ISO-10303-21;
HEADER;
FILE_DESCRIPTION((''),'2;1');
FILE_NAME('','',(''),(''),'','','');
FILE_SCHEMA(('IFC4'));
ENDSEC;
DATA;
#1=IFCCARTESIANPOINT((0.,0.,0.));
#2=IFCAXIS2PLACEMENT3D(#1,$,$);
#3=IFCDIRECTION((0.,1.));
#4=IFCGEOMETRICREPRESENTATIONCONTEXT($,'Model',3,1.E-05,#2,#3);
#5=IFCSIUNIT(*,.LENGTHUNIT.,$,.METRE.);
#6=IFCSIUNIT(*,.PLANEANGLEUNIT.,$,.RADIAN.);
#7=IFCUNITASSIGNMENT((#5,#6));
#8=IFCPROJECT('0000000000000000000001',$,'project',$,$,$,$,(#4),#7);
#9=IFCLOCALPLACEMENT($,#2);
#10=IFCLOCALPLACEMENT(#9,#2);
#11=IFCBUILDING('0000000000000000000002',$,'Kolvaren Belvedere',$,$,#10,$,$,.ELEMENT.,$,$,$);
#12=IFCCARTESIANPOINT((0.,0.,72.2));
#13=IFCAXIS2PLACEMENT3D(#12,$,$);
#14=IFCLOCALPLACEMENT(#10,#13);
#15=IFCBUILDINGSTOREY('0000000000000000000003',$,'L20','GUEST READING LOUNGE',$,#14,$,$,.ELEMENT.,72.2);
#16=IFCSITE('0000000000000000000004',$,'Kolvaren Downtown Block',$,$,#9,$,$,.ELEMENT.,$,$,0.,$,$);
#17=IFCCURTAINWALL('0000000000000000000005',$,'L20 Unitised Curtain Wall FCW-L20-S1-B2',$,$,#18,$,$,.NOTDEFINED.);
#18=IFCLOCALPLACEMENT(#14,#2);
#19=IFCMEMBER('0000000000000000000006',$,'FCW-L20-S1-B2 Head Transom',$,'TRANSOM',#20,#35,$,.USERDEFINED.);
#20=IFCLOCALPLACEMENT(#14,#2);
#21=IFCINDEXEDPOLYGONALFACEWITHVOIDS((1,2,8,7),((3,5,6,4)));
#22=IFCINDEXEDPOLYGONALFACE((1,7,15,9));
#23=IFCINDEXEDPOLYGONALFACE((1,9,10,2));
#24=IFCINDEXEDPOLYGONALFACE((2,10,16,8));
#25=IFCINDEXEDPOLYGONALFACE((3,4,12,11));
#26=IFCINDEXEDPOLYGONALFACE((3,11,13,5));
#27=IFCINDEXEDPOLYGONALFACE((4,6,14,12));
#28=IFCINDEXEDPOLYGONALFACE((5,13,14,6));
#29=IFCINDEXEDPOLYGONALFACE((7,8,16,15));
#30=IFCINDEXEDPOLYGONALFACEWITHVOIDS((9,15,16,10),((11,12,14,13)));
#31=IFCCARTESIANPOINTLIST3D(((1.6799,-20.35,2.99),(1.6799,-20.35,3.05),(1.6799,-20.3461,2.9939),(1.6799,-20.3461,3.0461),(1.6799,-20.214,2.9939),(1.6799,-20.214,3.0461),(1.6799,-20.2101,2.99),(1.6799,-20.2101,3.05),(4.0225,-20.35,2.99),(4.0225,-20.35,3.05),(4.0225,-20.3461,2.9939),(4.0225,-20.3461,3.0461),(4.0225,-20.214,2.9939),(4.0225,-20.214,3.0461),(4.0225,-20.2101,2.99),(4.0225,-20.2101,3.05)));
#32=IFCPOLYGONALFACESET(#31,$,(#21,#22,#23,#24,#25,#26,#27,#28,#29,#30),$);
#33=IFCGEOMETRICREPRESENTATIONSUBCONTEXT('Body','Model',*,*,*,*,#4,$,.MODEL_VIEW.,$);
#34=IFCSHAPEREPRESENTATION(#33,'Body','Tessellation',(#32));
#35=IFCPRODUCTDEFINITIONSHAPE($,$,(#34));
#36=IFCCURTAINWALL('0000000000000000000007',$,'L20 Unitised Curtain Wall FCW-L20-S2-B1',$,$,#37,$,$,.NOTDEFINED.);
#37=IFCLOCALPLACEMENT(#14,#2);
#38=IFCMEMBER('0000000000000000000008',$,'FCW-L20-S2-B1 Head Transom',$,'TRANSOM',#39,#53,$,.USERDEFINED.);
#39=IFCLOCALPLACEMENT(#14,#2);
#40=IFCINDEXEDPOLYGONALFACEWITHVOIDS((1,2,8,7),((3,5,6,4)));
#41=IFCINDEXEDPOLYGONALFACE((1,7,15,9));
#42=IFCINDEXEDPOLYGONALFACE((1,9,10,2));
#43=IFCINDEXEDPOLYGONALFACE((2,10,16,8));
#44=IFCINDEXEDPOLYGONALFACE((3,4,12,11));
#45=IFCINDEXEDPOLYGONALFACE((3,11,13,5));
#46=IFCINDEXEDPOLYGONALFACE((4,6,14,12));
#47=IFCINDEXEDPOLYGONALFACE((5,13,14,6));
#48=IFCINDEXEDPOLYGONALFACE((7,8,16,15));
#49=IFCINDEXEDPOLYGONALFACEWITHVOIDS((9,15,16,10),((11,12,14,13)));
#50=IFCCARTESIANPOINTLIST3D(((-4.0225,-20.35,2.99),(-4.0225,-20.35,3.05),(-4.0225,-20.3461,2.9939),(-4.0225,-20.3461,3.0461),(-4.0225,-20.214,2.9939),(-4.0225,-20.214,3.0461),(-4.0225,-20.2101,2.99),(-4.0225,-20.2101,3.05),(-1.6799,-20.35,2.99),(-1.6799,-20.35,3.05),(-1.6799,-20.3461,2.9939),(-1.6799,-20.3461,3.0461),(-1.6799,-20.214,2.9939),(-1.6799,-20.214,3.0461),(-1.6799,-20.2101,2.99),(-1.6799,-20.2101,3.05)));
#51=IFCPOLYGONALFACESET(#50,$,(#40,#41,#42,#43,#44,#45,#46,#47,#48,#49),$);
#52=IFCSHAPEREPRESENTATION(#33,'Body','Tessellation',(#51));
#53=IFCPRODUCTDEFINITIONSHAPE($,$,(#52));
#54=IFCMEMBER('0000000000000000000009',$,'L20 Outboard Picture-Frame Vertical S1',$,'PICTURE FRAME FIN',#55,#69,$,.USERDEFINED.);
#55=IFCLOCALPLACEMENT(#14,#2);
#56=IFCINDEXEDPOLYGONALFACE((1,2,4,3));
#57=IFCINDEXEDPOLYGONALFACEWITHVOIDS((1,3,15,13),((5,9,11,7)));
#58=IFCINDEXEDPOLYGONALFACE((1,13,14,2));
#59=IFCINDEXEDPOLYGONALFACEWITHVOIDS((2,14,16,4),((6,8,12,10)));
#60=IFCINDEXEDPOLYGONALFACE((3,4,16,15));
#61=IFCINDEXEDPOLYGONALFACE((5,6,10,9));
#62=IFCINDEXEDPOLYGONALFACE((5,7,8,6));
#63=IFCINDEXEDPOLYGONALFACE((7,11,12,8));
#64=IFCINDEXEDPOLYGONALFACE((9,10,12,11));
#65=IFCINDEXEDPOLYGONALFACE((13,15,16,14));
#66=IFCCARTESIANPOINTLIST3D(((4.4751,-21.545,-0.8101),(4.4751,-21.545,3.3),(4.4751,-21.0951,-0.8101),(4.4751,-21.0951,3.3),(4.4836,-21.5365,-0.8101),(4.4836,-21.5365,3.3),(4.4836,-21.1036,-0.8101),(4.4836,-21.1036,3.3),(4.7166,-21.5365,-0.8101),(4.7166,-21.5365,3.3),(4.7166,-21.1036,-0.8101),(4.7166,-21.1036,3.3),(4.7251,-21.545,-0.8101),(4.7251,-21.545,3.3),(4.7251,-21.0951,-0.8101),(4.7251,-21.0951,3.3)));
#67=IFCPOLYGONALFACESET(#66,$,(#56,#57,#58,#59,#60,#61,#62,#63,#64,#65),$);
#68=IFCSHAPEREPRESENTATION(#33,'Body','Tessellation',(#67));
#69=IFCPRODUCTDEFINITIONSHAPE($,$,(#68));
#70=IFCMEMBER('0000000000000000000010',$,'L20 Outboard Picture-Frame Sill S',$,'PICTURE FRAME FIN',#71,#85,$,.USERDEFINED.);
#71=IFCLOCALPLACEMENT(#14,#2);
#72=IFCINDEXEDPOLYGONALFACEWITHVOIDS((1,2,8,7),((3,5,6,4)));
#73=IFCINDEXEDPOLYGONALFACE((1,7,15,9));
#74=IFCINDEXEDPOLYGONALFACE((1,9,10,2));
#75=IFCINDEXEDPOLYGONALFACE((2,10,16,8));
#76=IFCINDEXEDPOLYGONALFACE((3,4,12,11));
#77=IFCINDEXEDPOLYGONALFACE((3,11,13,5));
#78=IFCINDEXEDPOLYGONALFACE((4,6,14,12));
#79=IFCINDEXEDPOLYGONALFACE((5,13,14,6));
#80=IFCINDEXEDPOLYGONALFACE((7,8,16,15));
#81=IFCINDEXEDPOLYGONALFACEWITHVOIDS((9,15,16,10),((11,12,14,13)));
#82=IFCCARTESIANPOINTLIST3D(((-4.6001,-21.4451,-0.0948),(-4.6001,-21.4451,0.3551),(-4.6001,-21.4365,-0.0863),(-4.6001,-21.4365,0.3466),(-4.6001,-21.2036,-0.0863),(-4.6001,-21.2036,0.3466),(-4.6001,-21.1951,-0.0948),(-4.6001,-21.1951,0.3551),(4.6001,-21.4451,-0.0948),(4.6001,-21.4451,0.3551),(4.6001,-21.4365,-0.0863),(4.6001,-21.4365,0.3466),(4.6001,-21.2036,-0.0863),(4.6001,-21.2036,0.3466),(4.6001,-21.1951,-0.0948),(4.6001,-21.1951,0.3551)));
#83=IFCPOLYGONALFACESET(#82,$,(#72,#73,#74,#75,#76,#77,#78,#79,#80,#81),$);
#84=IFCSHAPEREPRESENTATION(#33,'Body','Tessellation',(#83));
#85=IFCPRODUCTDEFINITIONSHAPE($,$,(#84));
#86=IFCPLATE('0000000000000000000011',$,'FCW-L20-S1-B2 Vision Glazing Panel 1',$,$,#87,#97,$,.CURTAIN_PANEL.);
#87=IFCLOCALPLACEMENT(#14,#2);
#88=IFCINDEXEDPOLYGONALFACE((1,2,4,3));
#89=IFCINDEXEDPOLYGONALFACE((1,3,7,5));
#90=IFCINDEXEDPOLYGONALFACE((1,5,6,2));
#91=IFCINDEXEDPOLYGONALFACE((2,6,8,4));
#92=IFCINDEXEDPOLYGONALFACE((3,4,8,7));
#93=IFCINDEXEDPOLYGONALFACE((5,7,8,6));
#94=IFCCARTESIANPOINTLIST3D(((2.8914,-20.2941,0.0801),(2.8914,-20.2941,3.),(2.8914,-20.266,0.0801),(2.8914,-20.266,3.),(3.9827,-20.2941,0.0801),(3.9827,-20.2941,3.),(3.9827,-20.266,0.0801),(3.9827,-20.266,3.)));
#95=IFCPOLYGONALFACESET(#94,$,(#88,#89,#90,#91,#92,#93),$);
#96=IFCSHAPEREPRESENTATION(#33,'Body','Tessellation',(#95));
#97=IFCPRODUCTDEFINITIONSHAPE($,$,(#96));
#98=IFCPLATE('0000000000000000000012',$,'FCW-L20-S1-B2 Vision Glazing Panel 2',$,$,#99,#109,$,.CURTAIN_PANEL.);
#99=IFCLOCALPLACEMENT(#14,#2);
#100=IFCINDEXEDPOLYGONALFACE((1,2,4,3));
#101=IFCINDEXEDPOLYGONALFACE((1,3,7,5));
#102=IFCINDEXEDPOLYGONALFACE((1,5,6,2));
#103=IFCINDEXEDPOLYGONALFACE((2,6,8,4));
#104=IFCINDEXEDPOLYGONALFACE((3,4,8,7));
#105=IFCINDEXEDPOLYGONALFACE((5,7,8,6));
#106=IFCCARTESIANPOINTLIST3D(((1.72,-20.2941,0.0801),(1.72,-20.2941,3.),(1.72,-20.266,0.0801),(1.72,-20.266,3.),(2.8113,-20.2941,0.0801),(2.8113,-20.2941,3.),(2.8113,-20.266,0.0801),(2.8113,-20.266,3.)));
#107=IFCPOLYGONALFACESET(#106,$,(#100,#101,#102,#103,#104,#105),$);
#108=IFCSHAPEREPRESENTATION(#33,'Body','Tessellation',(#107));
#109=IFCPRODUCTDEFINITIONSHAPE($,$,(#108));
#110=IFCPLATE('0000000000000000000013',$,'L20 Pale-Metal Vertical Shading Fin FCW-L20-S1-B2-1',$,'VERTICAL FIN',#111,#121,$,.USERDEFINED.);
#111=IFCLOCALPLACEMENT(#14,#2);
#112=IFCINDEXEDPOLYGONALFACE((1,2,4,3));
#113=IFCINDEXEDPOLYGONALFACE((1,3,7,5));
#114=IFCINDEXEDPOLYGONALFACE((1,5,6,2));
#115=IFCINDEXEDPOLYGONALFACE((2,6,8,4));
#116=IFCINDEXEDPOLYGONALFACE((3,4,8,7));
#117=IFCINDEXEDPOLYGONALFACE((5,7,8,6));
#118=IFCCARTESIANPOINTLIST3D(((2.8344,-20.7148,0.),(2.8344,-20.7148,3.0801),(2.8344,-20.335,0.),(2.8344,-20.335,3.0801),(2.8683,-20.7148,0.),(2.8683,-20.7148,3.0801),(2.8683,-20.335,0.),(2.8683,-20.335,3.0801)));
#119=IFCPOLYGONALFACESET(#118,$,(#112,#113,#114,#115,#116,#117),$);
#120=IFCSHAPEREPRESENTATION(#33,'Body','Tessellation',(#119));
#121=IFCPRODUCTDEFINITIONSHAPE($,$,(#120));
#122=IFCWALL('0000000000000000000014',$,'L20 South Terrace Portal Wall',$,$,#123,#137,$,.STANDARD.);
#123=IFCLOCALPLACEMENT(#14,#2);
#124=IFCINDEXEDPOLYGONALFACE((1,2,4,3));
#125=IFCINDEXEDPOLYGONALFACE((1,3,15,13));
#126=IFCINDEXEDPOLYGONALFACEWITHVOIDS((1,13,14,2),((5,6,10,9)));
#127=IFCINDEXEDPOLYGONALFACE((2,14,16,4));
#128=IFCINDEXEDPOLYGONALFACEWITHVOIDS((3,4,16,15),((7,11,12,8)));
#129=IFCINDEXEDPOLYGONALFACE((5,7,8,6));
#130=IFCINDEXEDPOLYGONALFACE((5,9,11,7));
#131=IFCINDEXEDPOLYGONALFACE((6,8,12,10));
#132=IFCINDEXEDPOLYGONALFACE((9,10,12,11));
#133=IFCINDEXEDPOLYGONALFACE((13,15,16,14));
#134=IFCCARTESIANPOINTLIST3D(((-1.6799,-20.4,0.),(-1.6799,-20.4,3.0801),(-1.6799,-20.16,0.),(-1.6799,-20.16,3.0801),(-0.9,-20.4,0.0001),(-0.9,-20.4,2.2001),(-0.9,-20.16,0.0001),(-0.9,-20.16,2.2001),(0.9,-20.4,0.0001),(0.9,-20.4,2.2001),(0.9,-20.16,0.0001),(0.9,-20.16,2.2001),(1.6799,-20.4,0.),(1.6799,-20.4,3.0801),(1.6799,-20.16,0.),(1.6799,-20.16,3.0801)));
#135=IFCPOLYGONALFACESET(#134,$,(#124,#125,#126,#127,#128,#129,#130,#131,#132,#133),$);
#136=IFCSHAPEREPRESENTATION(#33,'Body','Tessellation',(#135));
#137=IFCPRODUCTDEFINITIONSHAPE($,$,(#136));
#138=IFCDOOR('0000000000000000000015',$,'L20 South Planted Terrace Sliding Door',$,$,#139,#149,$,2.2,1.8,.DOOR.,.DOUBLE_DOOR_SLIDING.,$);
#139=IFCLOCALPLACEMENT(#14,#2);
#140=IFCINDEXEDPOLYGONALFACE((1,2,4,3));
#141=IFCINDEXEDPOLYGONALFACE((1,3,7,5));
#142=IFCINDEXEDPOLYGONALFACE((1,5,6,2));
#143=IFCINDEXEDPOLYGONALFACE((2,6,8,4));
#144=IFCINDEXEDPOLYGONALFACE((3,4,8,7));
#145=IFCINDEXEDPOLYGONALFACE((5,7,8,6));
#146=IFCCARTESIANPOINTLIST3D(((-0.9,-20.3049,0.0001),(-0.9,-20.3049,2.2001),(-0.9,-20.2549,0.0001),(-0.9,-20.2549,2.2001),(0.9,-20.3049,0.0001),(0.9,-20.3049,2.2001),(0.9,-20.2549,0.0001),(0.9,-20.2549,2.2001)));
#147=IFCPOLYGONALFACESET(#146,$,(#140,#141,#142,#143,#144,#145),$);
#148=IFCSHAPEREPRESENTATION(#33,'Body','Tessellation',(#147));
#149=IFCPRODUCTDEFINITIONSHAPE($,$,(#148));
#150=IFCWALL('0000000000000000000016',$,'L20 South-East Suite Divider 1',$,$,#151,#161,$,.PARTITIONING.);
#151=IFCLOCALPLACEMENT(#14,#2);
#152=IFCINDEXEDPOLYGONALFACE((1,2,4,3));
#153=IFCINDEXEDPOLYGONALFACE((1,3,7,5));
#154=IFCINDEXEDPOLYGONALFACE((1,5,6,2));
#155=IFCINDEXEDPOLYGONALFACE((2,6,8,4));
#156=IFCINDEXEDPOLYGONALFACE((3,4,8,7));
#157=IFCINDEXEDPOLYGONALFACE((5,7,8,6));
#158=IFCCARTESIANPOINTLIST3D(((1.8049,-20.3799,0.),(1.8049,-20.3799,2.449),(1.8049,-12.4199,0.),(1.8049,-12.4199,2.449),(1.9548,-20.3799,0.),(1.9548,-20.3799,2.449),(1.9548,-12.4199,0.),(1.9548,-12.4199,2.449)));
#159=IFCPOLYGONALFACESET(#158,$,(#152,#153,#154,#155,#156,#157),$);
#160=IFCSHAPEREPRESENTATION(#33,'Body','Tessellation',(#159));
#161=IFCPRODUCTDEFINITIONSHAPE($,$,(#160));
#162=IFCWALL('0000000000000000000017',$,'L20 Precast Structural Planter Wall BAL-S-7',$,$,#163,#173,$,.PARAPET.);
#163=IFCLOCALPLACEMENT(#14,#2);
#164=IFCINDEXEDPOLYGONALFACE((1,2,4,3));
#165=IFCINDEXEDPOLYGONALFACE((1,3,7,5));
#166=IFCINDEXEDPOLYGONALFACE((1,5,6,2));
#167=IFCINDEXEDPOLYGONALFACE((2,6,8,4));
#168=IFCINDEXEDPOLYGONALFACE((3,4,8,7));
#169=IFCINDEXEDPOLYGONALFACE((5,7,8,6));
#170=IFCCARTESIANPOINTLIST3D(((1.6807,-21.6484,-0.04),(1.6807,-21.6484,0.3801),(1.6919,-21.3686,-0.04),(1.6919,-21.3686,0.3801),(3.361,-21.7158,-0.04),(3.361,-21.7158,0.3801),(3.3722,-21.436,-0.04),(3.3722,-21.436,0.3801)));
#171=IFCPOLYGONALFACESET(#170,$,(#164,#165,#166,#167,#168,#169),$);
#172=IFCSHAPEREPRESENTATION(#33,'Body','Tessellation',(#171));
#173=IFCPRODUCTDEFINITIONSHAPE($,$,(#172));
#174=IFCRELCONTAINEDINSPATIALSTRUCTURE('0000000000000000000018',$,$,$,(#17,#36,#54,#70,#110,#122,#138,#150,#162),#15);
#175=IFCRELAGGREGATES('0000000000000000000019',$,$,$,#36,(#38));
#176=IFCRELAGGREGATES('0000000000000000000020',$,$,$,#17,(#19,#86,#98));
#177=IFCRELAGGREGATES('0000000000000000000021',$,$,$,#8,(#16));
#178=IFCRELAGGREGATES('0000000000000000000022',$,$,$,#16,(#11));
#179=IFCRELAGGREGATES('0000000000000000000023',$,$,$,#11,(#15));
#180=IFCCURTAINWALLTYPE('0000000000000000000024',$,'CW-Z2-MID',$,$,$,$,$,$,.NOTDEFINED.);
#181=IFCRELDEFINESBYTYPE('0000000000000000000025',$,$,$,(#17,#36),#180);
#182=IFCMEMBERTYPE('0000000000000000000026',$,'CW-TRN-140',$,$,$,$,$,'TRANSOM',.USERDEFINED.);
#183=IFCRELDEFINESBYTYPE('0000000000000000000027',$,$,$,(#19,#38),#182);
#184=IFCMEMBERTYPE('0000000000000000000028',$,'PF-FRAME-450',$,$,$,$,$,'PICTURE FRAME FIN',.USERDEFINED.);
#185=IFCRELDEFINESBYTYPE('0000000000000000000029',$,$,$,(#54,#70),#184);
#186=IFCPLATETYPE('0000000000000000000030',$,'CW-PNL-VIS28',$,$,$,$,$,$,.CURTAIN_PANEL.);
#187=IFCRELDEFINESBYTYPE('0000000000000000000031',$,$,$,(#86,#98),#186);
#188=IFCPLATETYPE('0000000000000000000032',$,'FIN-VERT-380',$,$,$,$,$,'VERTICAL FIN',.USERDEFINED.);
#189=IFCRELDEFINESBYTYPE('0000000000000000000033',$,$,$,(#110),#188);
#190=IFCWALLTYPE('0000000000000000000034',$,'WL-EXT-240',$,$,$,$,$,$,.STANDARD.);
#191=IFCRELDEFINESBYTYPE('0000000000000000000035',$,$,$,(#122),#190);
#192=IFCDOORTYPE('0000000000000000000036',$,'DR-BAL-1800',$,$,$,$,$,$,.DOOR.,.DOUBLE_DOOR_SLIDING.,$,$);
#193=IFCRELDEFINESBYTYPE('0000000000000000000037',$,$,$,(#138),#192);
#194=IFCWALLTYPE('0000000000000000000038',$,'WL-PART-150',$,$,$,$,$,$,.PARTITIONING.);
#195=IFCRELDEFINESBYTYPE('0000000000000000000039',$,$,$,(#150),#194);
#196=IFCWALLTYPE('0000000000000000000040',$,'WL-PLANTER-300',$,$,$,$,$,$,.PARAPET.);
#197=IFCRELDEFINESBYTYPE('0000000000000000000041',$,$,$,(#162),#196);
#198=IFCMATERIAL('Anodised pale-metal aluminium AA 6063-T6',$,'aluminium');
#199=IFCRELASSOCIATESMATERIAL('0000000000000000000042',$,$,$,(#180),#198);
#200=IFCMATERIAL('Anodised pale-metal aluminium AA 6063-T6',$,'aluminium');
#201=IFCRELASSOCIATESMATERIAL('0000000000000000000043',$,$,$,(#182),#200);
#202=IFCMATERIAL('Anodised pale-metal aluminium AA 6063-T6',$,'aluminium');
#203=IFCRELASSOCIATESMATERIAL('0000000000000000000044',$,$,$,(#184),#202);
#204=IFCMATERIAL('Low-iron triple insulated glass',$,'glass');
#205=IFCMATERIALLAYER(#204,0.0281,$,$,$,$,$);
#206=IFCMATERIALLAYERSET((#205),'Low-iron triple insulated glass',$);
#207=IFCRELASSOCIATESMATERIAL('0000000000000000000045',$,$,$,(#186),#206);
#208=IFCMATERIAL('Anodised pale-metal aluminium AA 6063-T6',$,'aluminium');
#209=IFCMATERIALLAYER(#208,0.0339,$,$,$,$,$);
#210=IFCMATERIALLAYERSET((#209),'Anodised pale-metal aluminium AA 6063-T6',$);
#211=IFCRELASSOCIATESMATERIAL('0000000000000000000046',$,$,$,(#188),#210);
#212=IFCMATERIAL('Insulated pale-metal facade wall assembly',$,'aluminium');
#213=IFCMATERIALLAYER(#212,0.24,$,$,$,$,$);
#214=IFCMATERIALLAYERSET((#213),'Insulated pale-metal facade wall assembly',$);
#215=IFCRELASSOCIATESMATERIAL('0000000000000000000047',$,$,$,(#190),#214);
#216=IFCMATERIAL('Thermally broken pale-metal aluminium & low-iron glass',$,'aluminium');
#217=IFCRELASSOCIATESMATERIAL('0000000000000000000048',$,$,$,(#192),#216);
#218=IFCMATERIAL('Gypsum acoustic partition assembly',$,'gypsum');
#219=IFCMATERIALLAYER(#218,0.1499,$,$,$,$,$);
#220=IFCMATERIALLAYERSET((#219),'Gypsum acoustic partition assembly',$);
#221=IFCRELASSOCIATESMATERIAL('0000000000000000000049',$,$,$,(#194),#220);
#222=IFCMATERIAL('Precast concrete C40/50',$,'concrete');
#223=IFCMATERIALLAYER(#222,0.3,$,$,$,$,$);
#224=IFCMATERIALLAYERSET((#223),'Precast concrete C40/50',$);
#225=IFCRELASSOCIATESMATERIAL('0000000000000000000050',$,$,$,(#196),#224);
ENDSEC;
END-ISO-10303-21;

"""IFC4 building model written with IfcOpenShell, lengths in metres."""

from ifc_helpers import new_model, si_unit, direction, frame, frame_2d, origin, origin_2d, place, context, subcontext, project, spatial, rectangle, hollow_rectangle, extrude, material, layer, layer_set, material_profile, profile_set, type_object, element, fill, aggregate, save


model = new_model("IFC4")

# Units and contexts
model_context = context("Model", 3, precision=1e-05, world=origin(), true_north=direction((0.0, 1.0)))
body_context = subcontext(model_context, "Body", "Model", "MODEL_VIEW")
ifc_project = project(units=[si_unit("LENGTHUNIT", "METRE"), si_unit("PLANEANGLEUNIT", "RADIAN")], contexts=[model_context])

# Site, building, storey
site_placement = place(None, origin())
site = spatial("IfcSite", under=ifc_project, at=site_placement, Name="Kolvaren Downtown Block", CompositionType="ELEMENT", RefElevation=0.0)
building_placement = place(site_placement, origin())
building = spatial("IfcBuilding", under=site, at=building_placement, Name="Kolvaren Belvedere", CompositionType="ELEMENT")
storey_placement = place(building_placement, frame((0.0, 0.0, 72.2)))
storey = spatial("IfcBuildingStorey", under=building, at=storey_placement, Name="L20", Description="GUEST READING LOUNGE", CompositionType="ELEMENT", Elevation=72.2)

# Curtain wall, member
ifc_material_1 = material(Name="Anodised pale-metal aluminium AA 6063-T6", Category="aluminium")
curtain_wall_type = type_object("IfcCurtainWallType", Name="CW-Z2-MID", PredefinedType="NOTDEFINED", material=ifc_material_1)
curtain_wall_1_placement = place(storey_placement, origin())
curtain_wall_1 = element("IfcCurtainWall", 1, at=curtain_wall_1_placement, inside=storey, type_object=curtain_wall_type, Name="L20 Unitised Curtain Wall FCW-L20-S1-B2", PredefinedType="NOTDEFINED")
ifc_material_2 = material(Name="Anodised pale-metal aluminium AA 6063-T6", Category="aluminium")
ifc_material_profile_1 = material_profile(ifc_material_2, hollow_rectangle(XDim=0.0601, YDim=0.1399, WallThickness=0.0039, at=origin_2d()), Name="ALU-TRN-140X60")
ifc_profile_set_1 = profile_set([ifc_material_profile_1], Name="Anodised pale-metal aluminium AA 6063-T6")
member_type_1 = type_object("IfcMemberType", Name="CW-TRN-140", ElementType="TRANSOM", PredefinedType="USERDEFINED", material=ifc_profile_set_1)
member_1_placement = place(storey_placement, frame((4.0225, -20.28, 3.02), z_axis=(-1.0, 0.0, 0.0), x_axis=(0.0, 0.0, 1.0)))
member_1 = element("IfcMember", 2, at=member_1_placement, type_object=member_type_1, Name="FCW-L20-S1-B2 Head Transom", ObjectType="TRANSOM", PredefinedType="USERDEFINED", context=body_context, shape_type="SweptSolid", body=[
    extrude(hollow_rectangle(XDim=0.0601, YDim=0.1399, WallThickness=0.0039, at=origin_2d()), origin(), (0.0, 0.0, 1.0), 2.3425),
])

# Curtain wall, member
curtain_wall_2_placement = place(storey_placement, origin())
curtain_wall_2 = element("IfcCurtainWall", 3, at=curtain_wall_2_placement, inside=storey, type_object=curtain_wall_type, Name="L20 Unitised Curtain Wall FCW-L20-S2-B1", PredefinedType="NOTDEFINED")
member_2_placement = place(storey_placement, frame((-1.6799, -20.28, 3.02), z_axis=(-1.0, 0.0, 0.0), x_axis=(0.0, 0.0, 1.0)))
member_2 = element("IfcMember", 4, at=member_2_placement, type_object=member_type_1, Name="FCW-L20-S2-B1 Head Transom", ObjectType="TRANSOM", PredefinedType="USERDEFINED", context=body_context, shape_type="SweptSolid", body=[
    extrude(hollow_rectangle(XDim=0.0601, YDim=0.1399, WallThickness=0.0039, at=origin_2d()), origin(), (0.0, 0.0, 1.0), 2.3425),
])
aggregate(curtain_wall_2, [member_2])

# Members
ifc_material_3 = material(Name="Anodised pale-metal aluminium AA 6063-T6", Category="aluminium")
ifc_material_profile_2 = material_profile(ifc_material_3, hollow_rectangle(XDim=0.25, YDim=0.45, WallThickness=0.0085, at=origin_2d()), Name="ALU-PF-450X250")
ifc_profile_set_2 = profile_set([ifc_material_profile_2], Name="Anodised pale-metal aluminium AA 6063-T6")
member_type_2 = type_object("IfcMemberType", Name="PF-FRAME-450", ElementType="PICTURE FRAME FIN", PredefinedType="USERDEFINED", material=ifc_profile_set_2)
member_3_placement = place(storey_placement, frame((4.6001, -21.3201, -0.8101), z_axis=(0.0, 0.0, 1.0), x_axis=(1.0, 0.0, 0.0)))
element("IfcMember", 5, at=member_3_placement, inside=storey, type_object=member_type_2, Name="L20 Outboard Picture-Frame Vertical S1", ObjectType="PICTURE FRAME FIN", PredefinedType="USERDEFINED", context=body_context, shape_type="SweptSolid", body=[
    extrude(hollow_rectangle(XDim=0.25, YDim=0.45, WallThickness=0.0085, at=origin_2d()), origin(), (0.0, 0.0, 1.0), 4.1101),
])
member_4_placement = place(storey_placement, frame((4.6001, -21.3201, 0.1301), z_axis=(-1.0, 0.0, 0.0), x_axis=(0.0, -1.0, 0.0)))
element("IfcMember", 6, at=member_4_placement, inside=storey, type_object=member_type_2, Name="L20 Outboard Picture-Frame Sill S", ObjectType="PICTURE FRAME FIN", PredefinedType="USERDEFINED", context=body_context, shape_type="SweptSolid", body=[
    extrude(hollow_rectangle(XDim=0.25, YDim=0.45, WallThickness=0.0085, at=origin_2d()), origin(), (0.0, 0.0, 1.0), 9.2002),
])

# Plates
ifc_material_4 = material(Name="Low-iron triple insulated glass", Category="glass")
ifc_layer_1 = layer(ifc_material_4, 0.0281)
ifc_layer_set_1 = layer_set([ifc_layer_1], Name="Low-iron triple insulated glass")
plate_type_1 = type_object("IfcPlateType", Name="CW-PNL-VIS28", PredefinedType="CURTAIN_PANEL", material=ifc_layer_set_1)
plate_1_placement = place(storey_placement, frame((3.437, -20.28, 0.0801), z_axis=(0.0, 0.0, 1.0), x_axis=(-1.0, 0.0, 0.0)))
plate_1 = element("IfcPlate", 7, at=plate_1_placement, type_object=plate_type_1, Name="FCW-L20-S1-B2 Vision Glazing Panel 1", PredefinedType="CURTAIN_PANEL", context=body_context, shape_type="SweptSolid", body=[
    extrude(rectangle(XDim=1.0913, YDim=0.0281, at=origin_2d()), origin(), (0.0, 0.0, 1.0), 2.9199),
])
plate_2_placement = place(storey_placement, frame((2.2656, -20.28, 0.0801), z_axis=(0.0, 0.0, 1.0), x_axis=(-1.0, 0.0, 0.0)))
plate_2 = element("IfcPlate", 8, at=plate_2_placement, type_object=plate_type_1, Name="FCW-L20-S1-B2 Vision Glazing Panel 2", PredefinedType="CURTAIN_PANEL", context=body_context, shape_type="SweptSolid", body=[
    extrude(rectangle(XDim=1.0913, YDim=0.0281, at=origin_2d()), origin(), (0.0, 0.0, 1.0), 2.9199),
])
aggregate(curtain_wall_1, [member_1, plate_1, plate_2])
ifc_material_5 = material(Name="Anodised pale-metal aluminium AA 6063-T6", Category="aluminium")
ifc_layer_2 = layer(ifc_material_5, 0.0339)
ifc_layer_set_2 = layer_set([ifc_layer_2], Name="Anodised pale-metal aluminium AA 6063-T6")
plate_type_2 = type_object("IfcPlateType", Name="FIN-VERT-380", ElementType="VERTICAL FIN", PredefinedType="USERDEFINED", material=ifc_layer_set_2)
plate_3_placement = place(storey_placement, frame((2.8513, -20.5249, 0.0), z_axis=(0.0, 0.0, 1.0), x_axis=(0.0, 1.0, 0.0)))
element("IfcPlate", 9, at=plate_3_placement, inside=storey, type_object=plate_type_2, Name="L20 Pale-Metal Vertical Shading Fin FCW-L20-S1-B2-1", ObjectType="VERTICAL FIN", PredefinedType="USERDEFINED", context=body_context, shape_type="SweptSolid", body=[
    extrude(rectangle(XDim=0.3799, YDim=0.0339, at=origin_2d()), origin(), (0.0, 0.0, 1.0), 3.0801),
])

# Wall, opening, door
ifc_material_6 = material(Name="Insulated pale-metal facade wall assembly", Category="aluminium")
ifc_layer_3 = layer(ifc_material_6, 0.24)
ifc_layer_set_3 = layer_set([ifc_layer_3], Name="Insulated pale-metal facade wall assembly")
wall_type_1 = type_object("IfcWallType", Name="WL-EXT-240", PredefinedType="STANDARD", material=ifc_layer_set_3)
wall_1_placement = place(storey_placement, frame((1.6799, -20.28, 0.0), z_axis=(0.0, 0.0, 1.0), x_axis=(-1.0, 0.0, 0.0)))
wall_1 = element("IfcWall", 10, at=wall_1_placement, inside=storey, type_object=wall_type_1, Name="L20 South Terrace Portal Wall", PredefinedType="STANDARD", context=body_context, shape_type="SweptSolid", body=[
    extrude(rectangle(XDim=3.3599, YDim=0.24, at=frame_2d((1.6799, 0.0))), origin(), (0.0, 0.0, 1.0), 3.0801),
])
opening_placement = place(wall_1_placement, frame((0.78, 0.0, 0.0)))
opening = element("IfcOpeningElement", 11, at=opening_placement, cuts=wall_1, PredefinedType="OPENING", context=body_context, shape_type="SweptSolid", body=[
    extrude(rectangle(XDim=1.8, YDim=2.2, at=frame_2d((0.8999, 1.1001))), frame((0.0, 0.1299, 0.0), z_axis=(0.0, -1.0, 0.0), x_axis=(1.0, 0.0, 0.0)), (0.0, 0.0, 1.0), 0.26),
])
ifc_material_7 = material(Name="Thermally broken pale-metal aluminium & low-iron glass", Category="aluminium")
door_type = type_object("IfcDoorType", Name="DR-BAL-1800", OperationType="DOUBLE_DOOR_SLIDING", PredefinedType="DOOR", material=ifc_material_7)
door_placement = place(opening_placement, origin())
door = element("IfcDoor", 12, at=door_placement, inside=storey, type_object=door_type, Name="L20 South Planted Terrace Sliding Door", OperationType="DOUBLE_DOOR_SLIDING", OverallHeight=2.2, OverallWidth=1.8, PredefinedType="DOOR", context=body_context, shape_type="SweptSolid", body=[
    extrude(rectangle(XDim=1.8, YDim=2.2, at=frame_2d((0.8999, 1.1001))), frame((0.0, 0.0249, 0.0), z_axis=(0.0, -1.0, 0.0), x_axis=(1.0, 0.0, 0.0)), (0.0, 0.0, 1.0), 0.05),
])
fill(opening, door)

# Walls
ifc_material_8 = material(Name="Gypsum acoustic partition assembly", Category="gypsum")
ifc_layer_4 = layer(ifc_material_8, 0.1499)
ifc_layer_set_4 = layer_set([ifc_layer_4], Name="Gypsum acoustic partition assembly")
wall_type_2 = type_object("IfcWallType", Name="WL-PART-150", PredefinedType="PARTITIONING", material=ifc_layer_set_4)
wall_2_placement = place(storey_placement, frame((1.8799, -20.3799, 0.0), z_axis=(0.0, 0.0, 1.0), x_axis=(0.0, 1.0, 0.0)))
element("IfcWall", 13, at=wall_2_placement, inside=storey, type_object=wall_type_2, Name="L20 South-East Suite Divider 1", PredefinedType="PARTITIONING", context=body_context, shape_type="SweptSolid", body=[
    extrude(rectangle(XDim=7.96, YDim=0.1499, at=frame_2d((3.98, 0.0))), origin(), (0.0, 0.0, 1.0), 2.449),
])
ifc_material_9 = material(Name="Precast concrete C40/50", Category="concrete")
ifc_layer_5 = layer(ifc_material_9, 0.3)
ifc_layer_set_5 = layer_set([ifc_layer_5], Name="Precast concrete C40/50")
wall_type_3 = type_object("IfcWallType", Name="WL-PLANTER-300", PredefinedType="PARAPET", material=ifc_layer_set_5)
wall_3_placement = place(storey_placement, frame((1.6863, -21.5085, -0.04), z_axis=(0.0, 0.0, 1.0), x_axis=(0.999197, -0.040072, 0.0)))
element("IfcWall", 14, at=wall_3_placement, inside=storey, type_object=wall_type_3, Name="L20 Precast Structural Planter Wall BAL-S-7", PredefinedType="PARAPET", context=body_context, shape_type="SweptSolid", body=[
    extrude(rectangle(XDim=1.6816, YDim=0.28, at=frame_2d((0.8408, 0.0))), origin(), (0.0, 0.0, 1.0), 0.4202),
])

save(model, "model.ifc")
